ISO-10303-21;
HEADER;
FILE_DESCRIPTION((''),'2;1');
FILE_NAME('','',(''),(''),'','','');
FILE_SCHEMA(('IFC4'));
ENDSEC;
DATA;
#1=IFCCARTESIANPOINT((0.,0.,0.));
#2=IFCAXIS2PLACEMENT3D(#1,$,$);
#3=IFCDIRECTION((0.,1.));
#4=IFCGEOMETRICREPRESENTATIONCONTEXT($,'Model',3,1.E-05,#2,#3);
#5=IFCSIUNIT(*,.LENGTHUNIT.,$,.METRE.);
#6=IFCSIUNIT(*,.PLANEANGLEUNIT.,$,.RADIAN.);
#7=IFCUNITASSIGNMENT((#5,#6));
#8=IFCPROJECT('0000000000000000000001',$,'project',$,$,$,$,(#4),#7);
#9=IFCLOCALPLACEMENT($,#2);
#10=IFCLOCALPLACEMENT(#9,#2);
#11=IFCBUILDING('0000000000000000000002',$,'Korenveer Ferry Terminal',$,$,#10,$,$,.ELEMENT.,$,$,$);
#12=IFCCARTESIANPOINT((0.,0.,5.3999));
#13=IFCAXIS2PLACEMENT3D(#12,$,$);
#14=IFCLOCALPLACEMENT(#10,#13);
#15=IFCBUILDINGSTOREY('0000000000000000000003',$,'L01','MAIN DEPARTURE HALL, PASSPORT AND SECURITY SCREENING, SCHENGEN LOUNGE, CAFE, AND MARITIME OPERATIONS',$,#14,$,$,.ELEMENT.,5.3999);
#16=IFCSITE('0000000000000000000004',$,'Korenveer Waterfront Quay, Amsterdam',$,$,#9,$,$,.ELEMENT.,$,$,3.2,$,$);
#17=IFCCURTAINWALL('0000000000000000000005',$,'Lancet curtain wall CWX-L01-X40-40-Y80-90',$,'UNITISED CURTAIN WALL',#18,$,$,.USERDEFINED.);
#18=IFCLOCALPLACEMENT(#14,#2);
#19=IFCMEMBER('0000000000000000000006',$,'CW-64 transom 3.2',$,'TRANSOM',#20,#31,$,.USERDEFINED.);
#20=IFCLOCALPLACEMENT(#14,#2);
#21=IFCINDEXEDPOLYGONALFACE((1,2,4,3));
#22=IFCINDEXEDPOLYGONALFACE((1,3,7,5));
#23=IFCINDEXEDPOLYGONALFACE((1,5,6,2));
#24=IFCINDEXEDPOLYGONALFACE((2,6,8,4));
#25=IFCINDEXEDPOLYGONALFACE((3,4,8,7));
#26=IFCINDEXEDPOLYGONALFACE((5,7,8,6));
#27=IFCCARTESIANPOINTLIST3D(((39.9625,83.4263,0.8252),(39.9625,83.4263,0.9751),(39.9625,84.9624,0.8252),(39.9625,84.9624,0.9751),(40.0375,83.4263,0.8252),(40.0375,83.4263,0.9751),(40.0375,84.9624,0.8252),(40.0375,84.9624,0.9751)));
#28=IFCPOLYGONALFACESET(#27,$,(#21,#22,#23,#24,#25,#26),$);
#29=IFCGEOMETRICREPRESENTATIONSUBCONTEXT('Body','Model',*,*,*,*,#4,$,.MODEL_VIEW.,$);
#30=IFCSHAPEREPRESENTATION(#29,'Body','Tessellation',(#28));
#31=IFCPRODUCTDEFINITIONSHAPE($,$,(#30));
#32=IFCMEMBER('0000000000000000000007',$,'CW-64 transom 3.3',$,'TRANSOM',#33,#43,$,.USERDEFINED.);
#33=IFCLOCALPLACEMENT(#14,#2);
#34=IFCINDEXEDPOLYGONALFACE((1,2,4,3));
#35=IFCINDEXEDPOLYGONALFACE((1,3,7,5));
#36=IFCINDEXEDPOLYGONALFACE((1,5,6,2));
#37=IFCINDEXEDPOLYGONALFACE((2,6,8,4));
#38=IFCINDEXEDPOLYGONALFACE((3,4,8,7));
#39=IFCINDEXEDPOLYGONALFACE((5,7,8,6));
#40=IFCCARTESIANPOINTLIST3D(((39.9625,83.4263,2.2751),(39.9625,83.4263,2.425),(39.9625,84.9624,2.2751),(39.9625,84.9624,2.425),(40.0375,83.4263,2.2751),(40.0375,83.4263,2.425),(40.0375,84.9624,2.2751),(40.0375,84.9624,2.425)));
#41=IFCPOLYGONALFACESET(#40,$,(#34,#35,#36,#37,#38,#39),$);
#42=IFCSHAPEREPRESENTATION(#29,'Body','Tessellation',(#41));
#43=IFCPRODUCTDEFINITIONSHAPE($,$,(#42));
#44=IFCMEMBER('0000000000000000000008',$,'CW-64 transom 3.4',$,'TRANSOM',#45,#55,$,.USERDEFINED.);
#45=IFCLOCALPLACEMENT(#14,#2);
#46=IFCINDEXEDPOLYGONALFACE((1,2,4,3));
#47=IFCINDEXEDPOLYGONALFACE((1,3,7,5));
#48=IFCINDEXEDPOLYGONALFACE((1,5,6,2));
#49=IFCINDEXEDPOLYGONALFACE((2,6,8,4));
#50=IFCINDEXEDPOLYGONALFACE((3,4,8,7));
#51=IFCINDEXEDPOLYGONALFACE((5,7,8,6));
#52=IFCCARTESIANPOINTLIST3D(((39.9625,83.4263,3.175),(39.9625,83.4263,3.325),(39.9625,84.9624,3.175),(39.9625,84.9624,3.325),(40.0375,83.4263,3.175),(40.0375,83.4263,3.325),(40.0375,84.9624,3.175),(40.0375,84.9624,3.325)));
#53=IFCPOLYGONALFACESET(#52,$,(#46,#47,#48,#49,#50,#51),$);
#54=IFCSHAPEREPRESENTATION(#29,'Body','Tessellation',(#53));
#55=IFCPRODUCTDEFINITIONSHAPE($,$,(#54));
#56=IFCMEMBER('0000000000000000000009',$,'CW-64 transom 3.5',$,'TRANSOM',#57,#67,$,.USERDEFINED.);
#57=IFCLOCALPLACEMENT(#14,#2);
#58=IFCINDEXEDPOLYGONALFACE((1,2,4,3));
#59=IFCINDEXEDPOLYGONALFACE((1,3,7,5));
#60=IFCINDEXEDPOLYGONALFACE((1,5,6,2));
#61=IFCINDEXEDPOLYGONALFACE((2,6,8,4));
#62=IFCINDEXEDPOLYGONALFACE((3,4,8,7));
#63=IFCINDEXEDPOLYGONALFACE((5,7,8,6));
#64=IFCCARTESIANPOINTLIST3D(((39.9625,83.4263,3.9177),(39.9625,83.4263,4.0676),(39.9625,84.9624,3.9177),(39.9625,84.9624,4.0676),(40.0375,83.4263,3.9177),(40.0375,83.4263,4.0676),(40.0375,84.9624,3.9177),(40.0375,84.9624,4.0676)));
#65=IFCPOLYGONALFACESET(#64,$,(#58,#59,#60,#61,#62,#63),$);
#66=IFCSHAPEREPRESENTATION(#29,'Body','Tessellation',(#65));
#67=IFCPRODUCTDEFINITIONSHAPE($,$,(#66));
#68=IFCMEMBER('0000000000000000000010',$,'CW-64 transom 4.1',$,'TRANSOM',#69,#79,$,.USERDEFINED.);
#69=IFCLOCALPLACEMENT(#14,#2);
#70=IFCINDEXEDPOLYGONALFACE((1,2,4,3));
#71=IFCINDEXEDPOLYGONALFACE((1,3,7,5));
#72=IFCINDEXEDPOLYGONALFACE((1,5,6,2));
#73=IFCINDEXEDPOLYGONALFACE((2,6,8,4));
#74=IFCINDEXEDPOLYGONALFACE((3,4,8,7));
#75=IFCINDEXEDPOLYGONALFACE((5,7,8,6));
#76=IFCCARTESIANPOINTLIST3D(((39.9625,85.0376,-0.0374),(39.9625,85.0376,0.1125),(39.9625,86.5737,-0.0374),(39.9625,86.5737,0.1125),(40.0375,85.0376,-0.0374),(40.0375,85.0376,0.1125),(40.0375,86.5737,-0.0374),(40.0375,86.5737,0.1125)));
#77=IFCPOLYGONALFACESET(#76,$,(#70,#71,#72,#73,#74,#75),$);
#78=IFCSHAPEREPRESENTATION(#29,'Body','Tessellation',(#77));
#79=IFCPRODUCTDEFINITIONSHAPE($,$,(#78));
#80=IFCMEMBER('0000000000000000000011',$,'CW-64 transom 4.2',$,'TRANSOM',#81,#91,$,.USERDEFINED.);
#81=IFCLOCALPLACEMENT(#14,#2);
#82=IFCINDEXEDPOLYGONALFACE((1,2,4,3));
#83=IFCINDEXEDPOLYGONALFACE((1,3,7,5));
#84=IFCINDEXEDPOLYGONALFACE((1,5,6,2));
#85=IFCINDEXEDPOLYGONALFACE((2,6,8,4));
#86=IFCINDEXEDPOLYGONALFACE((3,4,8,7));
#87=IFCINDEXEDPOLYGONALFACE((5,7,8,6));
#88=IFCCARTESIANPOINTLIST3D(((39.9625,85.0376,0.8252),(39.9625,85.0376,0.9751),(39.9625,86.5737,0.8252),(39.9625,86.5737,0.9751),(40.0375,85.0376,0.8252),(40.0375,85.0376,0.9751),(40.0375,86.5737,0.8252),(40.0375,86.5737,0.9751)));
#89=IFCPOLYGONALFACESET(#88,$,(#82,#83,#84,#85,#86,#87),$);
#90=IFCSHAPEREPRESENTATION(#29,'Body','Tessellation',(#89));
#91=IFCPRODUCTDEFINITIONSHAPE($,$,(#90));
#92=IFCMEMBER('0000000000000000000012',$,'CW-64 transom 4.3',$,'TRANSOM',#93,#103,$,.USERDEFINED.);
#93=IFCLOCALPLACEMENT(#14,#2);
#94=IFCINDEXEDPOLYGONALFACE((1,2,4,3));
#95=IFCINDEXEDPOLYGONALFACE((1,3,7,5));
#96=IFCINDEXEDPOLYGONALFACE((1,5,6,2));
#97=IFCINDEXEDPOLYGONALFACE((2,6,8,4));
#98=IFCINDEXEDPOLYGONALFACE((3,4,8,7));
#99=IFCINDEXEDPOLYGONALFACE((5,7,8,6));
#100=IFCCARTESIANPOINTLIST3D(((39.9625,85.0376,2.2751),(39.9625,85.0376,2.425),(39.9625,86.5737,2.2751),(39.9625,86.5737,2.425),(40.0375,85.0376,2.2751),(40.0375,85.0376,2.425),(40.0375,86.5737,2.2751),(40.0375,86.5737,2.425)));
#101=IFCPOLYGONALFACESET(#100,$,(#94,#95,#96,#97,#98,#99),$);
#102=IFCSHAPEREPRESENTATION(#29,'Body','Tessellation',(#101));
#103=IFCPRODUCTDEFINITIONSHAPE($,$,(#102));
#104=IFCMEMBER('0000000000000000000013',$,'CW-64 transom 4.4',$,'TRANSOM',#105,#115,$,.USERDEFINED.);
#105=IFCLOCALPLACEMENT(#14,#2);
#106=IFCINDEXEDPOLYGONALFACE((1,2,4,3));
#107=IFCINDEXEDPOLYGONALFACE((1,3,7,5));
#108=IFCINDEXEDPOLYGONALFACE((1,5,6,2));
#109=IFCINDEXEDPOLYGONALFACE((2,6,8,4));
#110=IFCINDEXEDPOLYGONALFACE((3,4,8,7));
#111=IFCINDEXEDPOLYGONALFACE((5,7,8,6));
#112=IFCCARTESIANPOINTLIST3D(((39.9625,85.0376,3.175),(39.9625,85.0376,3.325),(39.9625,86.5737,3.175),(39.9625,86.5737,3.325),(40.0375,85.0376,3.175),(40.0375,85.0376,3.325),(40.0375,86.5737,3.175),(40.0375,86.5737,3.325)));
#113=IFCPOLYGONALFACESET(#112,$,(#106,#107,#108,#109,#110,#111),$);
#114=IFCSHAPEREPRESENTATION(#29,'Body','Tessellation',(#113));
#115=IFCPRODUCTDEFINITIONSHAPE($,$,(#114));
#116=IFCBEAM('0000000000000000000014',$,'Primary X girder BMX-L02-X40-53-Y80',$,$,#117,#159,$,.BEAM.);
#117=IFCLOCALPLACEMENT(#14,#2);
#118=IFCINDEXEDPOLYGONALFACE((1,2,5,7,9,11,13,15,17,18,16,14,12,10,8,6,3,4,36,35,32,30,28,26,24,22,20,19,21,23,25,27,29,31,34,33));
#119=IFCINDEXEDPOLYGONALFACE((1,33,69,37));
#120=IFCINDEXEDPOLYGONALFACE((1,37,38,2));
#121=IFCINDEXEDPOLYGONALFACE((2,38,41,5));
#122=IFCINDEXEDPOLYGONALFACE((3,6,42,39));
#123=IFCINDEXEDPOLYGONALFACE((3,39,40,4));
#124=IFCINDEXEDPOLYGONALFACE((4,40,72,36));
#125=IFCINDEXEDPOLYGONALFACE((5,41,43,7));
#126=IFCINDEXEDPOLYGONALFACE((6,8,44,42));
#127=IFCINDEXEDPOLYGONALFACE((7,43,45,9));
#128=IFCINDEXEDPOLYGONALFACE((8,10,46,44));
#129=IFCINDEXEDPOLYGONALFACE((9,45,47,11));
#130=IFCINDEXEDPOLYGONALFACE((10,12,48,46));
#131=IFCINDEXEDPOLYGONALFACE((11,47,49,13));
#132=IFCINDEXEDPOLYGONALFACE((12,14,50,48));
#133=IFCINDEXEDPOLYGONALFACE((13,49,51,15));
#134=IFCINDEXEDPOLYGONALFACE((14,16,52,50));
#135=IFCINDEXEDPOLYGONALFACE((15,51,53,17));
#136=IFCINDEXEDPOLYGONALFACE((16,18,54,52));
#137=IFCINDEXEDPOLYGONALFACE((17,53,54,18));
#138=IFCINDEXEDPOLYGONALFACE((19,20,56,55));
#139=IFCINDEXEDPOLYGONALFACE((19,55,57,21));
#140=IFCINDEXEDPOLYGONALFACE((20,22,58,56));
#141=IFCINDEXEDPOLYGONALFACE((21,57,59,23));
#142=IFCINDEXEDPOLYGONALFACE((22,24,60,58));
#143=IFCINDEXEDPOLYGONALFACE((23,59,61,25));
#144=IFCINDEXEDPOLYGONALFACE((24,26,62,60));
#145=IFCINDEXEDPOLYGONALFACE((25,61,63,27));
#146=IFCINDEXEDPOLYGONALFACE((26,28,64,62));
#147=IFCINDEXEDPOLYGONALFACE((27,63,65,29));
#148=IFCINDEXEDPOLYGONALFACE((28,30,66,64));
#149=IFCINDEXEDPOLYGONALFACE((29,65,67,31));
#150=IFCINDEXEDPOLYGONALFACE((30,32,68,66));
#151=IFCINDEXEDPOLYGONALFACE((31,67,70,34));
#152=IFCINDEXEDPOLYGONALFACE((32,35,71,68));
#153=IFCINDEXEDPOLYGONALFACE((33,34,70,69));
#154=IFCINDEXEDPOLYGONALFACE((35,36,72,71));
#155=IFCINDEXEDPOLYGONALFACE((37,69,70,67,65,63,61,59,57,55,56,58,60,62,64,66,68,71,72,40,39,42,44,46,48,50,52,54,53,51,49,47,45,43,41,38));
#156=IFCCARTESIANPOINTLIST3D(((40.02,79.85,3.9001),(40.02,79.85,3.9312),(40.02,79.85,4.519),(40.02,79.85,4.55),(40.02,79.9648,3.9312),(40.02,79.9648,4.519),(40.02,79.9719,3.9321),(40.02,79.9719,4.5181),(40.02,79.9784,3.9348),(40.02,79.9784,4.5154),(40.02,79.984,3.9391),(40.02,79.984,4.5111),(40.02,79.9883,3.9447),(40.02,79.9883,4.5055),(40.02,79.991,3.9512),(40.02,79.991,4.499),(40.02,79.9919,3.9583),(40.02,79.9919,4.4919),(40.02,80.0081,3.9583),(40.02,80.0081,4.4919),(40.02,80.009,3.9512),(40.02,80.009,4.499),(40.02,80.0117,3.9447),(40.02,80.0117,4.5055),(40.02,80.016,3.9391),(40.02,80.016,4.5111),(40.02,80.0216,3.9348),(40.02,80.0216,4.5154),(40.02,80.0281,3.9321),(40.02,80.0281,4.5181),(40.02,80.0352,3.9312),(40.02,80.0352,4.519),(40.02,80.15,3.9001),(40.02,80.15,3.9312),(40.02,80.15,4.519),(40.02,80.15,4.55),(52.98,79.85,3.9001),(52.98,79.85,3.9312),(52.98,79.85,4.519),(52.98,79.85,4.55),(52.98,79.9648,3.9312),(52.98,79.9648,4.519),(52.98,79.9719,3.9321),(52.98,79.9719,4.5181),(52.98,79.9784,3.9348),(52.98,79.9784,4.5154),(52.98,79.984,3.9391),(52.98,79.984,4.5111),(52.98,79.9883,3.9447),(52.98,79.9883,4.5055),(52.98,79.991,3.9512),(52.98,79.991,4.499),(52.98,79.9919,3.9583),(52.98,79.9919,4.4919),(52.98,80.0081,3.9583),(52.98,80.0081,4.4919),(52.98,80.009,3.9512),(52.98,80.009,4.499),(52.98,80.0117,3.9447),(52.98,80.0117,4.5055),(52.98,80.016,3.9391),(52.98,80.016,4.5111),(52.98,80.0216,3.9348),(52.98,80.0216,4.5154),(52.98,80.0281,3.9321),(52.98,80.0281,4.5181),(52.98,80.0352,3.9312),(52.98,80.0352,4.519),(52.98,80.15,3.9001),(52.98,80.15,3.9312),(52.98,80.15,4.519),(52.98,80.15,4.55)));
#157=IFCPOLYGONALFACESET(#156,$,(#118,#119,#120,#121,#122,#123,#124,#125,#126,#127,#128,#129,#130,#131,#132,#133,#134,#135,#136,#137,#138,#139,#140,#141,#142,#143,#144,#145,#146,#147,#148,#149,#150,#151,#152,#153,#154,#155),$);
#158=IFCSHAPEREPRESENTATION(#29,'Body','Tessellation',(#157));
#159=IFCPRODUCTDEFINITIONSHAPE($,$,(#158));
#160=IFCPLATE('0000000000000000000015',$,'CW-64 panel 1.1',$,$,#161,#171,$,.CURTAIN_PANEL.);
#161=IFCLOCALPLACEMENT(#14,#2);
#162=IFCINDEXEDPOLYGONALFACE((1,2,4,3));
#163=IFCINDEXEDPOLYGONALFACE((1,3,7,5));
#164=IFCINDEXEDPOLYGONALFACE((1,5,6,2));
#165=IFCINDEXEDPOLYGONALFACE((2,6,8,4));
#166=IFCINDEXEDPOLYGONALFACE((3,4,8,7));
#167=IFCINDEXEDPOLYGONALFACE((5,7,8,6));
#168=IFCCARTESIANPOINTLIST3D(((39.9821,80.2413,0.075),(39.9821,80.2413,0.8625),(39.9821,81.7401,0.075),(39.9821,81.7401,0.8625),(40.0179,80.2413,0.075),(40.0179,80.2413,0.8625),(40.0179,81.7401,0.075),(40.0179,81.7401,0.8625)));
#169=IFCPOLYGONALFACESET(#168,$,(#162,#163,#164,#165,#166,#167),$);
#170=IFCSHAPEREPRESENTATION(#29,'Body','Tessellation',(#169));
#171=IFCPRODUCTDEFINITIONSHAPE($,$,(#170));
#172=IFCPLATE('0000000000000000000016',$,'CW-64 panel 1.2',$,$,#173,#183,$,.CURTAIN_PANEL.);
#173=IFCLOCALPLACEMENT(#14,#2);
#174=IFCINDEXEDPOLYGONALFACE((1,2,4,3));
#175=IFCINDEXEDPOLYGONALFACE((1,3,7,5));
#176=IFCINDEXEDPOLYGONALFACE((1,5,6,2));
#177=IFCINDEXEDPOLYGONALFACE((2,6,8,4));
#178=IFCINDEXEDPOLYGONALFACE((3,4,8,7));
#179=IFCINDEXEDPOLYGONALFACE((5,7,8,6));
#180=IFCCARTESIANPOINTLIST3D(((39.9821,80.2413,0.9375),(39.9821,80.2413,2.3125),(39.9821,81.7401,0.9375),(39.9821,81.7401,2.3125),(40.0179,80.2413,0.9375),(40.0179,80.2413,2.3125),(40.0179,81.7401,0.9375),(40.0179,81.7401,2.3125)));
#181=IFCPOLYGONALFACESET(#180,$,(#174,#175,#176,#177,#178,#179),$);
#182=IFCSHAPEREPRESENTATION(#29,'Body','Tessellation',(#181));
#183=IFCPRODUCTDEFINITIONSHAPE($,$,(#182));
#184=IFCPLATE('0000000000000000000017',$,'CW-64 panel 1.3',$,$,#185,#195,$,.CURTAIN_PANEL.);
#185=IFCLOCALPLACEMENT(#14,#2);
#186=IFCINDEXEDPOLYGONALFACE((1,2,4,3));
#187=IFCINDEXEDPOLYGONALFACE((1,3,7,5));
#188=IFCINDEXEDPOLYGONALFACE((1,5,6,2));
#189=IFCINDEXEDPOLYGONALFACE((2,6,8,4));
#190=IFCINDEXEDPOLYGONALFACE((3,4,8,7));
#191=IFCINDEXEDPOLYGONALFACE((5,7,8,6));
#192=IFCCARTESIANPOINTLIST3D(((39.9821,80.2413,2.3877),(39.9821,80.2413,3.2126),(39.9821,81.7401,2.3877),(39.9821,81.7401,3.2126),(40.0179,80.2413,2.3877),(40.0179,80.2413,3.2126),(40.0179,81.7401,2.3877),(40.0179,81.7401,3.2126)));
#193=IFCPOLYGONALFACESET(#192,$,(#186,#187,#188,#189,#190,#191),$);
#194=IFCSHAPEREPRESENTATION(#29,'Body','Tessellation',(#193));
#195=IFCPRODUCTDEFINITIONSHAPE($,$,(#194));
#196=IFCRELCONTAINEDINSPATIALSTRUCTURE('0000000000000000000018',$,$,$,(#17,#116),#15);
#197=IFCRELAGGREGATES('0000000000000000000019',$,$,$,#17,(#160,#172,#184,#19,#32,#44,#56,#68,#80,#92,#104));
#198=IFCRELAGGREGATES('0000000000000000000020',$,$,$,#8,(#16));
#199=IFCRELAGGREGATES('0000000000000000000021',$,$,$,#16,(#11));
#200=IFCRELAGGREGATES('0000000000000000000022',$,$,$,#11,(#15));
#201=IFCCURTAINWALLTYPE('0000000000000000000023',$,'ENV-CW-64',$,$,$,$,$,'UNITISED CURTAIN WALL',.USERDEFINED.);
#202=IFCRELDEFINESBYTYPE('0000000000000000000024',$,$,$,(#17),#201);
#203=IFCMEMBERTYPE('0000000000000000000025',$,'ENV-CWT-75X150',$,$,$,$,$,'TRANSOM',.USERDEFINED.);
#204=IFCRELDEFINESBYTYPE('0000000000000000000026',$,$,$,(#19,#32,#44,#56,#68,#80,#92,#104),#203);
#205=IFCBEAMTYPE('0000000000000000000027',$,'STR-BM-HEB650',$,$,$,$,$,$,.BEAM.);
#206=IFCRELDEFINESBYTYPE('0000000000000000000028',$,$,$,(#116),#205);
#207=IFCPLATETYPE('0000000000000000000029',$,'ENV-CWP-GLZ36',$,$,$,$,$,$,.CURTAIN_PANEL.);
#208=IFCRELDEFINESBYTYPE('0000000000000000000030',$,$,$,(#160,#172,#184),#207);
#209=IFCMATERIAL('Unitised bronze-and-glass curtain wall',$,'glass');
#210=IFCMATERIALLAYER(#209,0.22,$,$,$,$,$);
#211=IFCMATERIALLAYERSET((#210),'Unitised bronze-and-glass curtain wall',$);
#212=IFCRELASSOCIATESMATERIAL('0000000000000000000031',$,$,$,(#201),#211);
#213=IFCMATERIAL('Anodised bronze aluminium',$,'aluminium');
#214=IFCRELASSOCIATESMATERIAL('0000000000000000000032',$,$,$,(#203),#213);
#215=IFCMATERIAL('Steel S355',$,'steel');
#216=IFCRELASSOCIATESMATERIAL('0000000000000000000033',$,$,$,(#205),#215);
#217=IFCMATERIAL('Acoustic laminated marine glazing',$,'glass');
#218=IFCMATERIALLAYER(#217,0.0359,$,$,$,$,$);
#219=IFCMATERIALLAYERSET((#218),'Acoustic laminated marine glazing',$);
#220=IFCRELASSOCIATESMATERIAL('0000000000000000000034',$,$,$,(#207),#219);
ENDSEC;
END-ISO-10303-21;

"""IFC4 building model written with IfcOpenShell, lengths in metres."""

from ifc_helpers import new_model, si_unit, direction, frame, origin, origin_2d, place, context, subcontext, project, spatial, rectangle, i_section, extrude, material, layer, layer_set, material_profile, profile_set, type_object, element, aggregate, save


model = new_model("IFC4")

# Units and contexts
model_context = context("Model", 3, precision=1e-05, world=origin(), true_north=direction((0.0, 1.0)))
body_context = subcontext(model_context, "Body", "Model", "MODEL_VIEW")
ifc_project = project(units=[si_unit("LENGTHUNIT", "METRE"), si_unit("PLANEANGLEUNIT", "RADIAN")], contexts=[model_context])

# Site, building, storey
site_placement = place(None, origin())
site = spatial("IfcSite", under=ifc_project, at=site_placement, Name="Korenveer Waterfront Quay, Amsterdam", CompositionType="ELEMENT", RefElevation=3.2)
building_placement = place(site_placement, origin())
building = spatial("IfcBuilding", under=site, at=building_placement, Name="Korenveer Ferry Terminal", CompositionType="ELEMENT")
storey_placement = place(building_placement, frame((0.0, 0.0, 5.3999)))
storey = spatial("IfcBuildingStorey", under=building, at=storey_placement, Name="L01", Description="MAIN DEPARTURE HALL, PASSPORT AND SECURITY SCREENING, SCHENGEN LOUNGE, CAFE, AND MARITIME OPERATIONS", CompositionType="ELEMENT", Elevation=5.3999)

# Curtain wall, members
ifc_material_1 = material(Name="Unitised bronze-and-glass curtain wall", Category="glass")
ifc_layer_1 = layer(ifc_material_1, 0.22)
ifc_layer_set_1 = layer_set([ifc_layer_1], Name="Unitised bronze-and-glass curtain wall")
curtain_wall_type = type_object("IfcCurtainWallType", Name="ENV-CW-64", ElementType="UNITISED CURTAIN WALL", PredefinedType="USERDEFINED", material=ifc_layer_set_1)
curtain_wall_placement = place(storey_placement, frame((40.0, 80.1665, 0.0)))
curtain_wall = element("IfcCurtainWall", 1, at=curtain_wall_placement, inside=storey, type_object=curtain_wall_type, Name="Lancet curtain wall CWX-L01-X40-40-Y80-90", ObjectType="UNITISED CURTAIN WALL", PredefinedType="USERDEFINED")
ifc_material_2 = material(Name="Anodised bronze aluminium", Category="aluminium")
ifc_material_profile_1 = material_profile(ifc_material_2, rectangle(XDim=0.075, YDim=0.1499, at=origin_2d()), Name="ALU 75x150")
ifc_profile_set_1 = profile_set([ifc_material_profile_1], Name="Anodised bronze aluminium")
member_type_1 = type_object("IfcMemberType", Name="ENV-CWT-75X150", ElementType="TRANSOM", PredefinedType="USERDEFINED", material=ifc_profile_set_1)
member_1_placement = place(storey_placement, frame((40.0, 83.4263, 0.9001), z_axis=(0.0, 1.0, 0.0), x_axis=(-1.0, 0.0, 0.0)))
member_1 = element("IfcMember", 2, at=member_1_placement, type_object=member_type_1, Name="CW-64 transom 3.2", ObjectType="TRANSOM", PredefinedType="USERDEFINED", context=body_context, shape_type="SweptSolid", body=[
    extrude(rectangle(XDim=0.075, YDim=0.1499, at=origin_2d()), origin(), (0.0, 0.0, 1.0), 1.5361),
])
member_2_placement = place(storey_placement, frame((40.0, 83.4263, 2.3501), z_axis=(0.0, 1.0, 0.0), x_axis=(-1.0, 0.0, 0.0)))
member_2 = element("IfcMember", 3, at=member_2_placement, type_object=member_type_1, Name="CW-64 transom 3.3", ObjectType="TRANSOM", PredefinedType="USERDEFINED", context=body_context, shape_type="SweptSolid", body=[
    extrude(rectangle(XDim=0.075, YDim=0.1499, at=origin_2d()), origin(), (0.0, 0.0, 1.0), 1.5361),
])
member_3_placement = place(storey_placement, frame((40.0, 83.4263, 3.25), z_axis=(0.0, 1.0, 0.0), x_axis=(-1.0, 0.0, 0.0)))
member_3 = element("IfcMember", 4, at=member_3_placement, type_object=member_type_1, Name="CW-64 transom 3.4", ObjectType="TRANSOM", PredefinedType="USERDEFINED", context=body_context, shape_type="SweptSolid", body=[
    extrude(rectangle(XDim=0.075, YDim=0.1499, at=origin_2d()), origin(), (0.0, 0.0, 1.0), 1.5361),
])
member_4_placement = place(storey_placement, frame((40.0, 83.4263, 3.9927), z_axis=(0.0, 1.0, 0.0), x_axis=(-1.0, 0.0, 0.0)))
member_4 = element("IfcMember", 5, at=member_4_placement, type_object=member_type_1, Name="CW-64 transom 3.5", ObjectType="TRANSOM", PredefinedType="USERDEFINED", context=body_context, shape_type="SweptSolid", body=[
    extrude(rectangle(XDim=0.075, YDim=0.1499, at=origin_2d()), origin(), (0.0, 0.0, 1.0), 1.5361),
])
member_5_placement = place(storey_placement, frame((40.0, 85.0376, 0.0376), z_axis=(0.0, 1.0, 0.0), x_axis=(-1.0, 0.0, 0.0)))
member_5 = element("IfcMember", 6, at=member_5_placement, type_object=member_type_1, Name="CW-64 transom 4.1", ObjectType="TRANSOM", PredefinedType="USERDEFINED", context=body_context, shape_type="SweptSolid", body=[
    extrude(rectangle(XDim=0.075, YDim=0.1499, at=origin_2d()), origin(), (0.0, 0.0, 1.0), 1.5361),
])
member_6_placement = place(storey_placement, frame((40.0, 85.0376, 0.9001), z_axis=(0.0, 1.0, 0.0), x_axis=(-1.0, 0.0, 0.0)))
member_6 = element("IfcMember", 7, at=member_6_placement, type_object=member_type_1, Name="CW-64 transom 4.2", ObjectType="TRANSOM", PredefinedType="USERDEFINED", context=body_context, shape_type="SweptSolid", body=[
    extrude(rectangle(XDim=0.075, YDim=0.1499, at=origin_2d()), origin(), (0.0, 0.0, 1.0), 1.5361),
])
member_7_placement = place(storey_placement, frame((40.0, 85.0376, 2.3501), z_axis=(0.0, 1.0, 0.0), x_axis=(-1.0, 0.0, 0.0)))
member_7 = element("IfcMember", 8, at=member_7_placement, type_object=member_type_1, Name="CW-64 transom 4.3", ObjectType="TRANSOM", PredefinedType="USERDEFINED", context=body_context, shape_type="SweptSolid", body=[
    extrude(rectangle(XDim=0.075, YDim=0.1499, at=origin_2d()), origin(), (0.0, 0.0, 1.0), 1.5361),
])
member_8_placement = place(storey_placement, frame((40.0, 85.0376, 3.25), z_axis=(0.0, 1.0, 0.0), x_axis=(-1.0, 0.0, 0.0)))
member_8 = element("IfcMember", 9, at=member_8_placement, type_object=member_type_1, Name="CW-64 transom 4.4", ObjectType="TRANSOM", PredefinedType="USERDEFINED", context=body_context, shape_type="SweptSolid", body=[
    extrude(rectangle(XDim=0.075, YDim=0.1499, at=origin_2d()), origin(), (0.0, 0.0, 1.0), 1.5361),
])

# Beam
ifc_material_3 = material(Name="Steel S355", Category="steel")
ifc_material_profile_2 = material_profile(ifc_material_3, i_section(OverallWidth=0.3, OverallDepth=0.6499, WebThickness=0.0161, FlangeThickness=0.031, FilletRadius=0.0271, at=origin_2d()), Name="HEB 650")
ifc_profile_set_2 = profile_set([ifc_material_profile_2], Name="Steel S355")
beam_type = type_object("IfcBeamType", Name="STR-BM-HEB650", PredefinedType="BEAM", material=ifc_profile_set_2)
beam_placement = place(storey_placement, frame((40.02, 80.0, 4.2251), z_axis=(1.0, 0.0, 0.0), x_axis=(0.0, 1.0, 0.0)))
element("IfcBeam", 10, at=beam_placement, inside=storey, type_object=beam_type, Name="Primary X girder BMX-L02-X40-53-Y80", PredefinedType="BEAM", context=body_context, shape_type="SweptSolid", body=[
    extrude(i_section(OverallWidth=0.3, OverallDepth=0.6499, WebThickness=0.0161, FlangeThickness=0.031, FilletRadius=0.0271, at=origin_2d()), origin(), (0.0, 0.0, 1.0), 12.96),
])

# Plates
ifc_material_4 = material(Name="Acoustic laminated marine glazing", Category="glass")
ifc_layer_2 = layer(ifc_material_4, 0.0359)
ifc_layer_set_2 = layer_set([ifc_layer_2], Name="Acoustic laminated marine glazing")
plate_type = type_object("IfcPlateType", Name="ENV-CWP-GLZ36", PredefinedType="CURTAIN_PANEL", material=ifc_layer_set_2)
plate_1_placement = place(storey_placement, frame((40.0, 80.9907, 0.075), z_axis=(0.0, 0.0, 1.0), x_axis=(0.0, 1.0, 0.0)))
plate_1 = element("IfcPlate", 11, at=plate_1_placement, type_object=plate_type, Name="CW-64 panel 1.1", PredefinedType="CURTAIN_PANEL", context=body_context, shape_type="SweptSolid", body=[
    extrude(rectangle(XDim=1.4988, YDim=0.0359, at=origin_2d()), origin(), (0.0, 0.0, 1.0), 0.7876),
])
plate_2_placement = place(storey_placement, frame((40.0, 80.9907, 0.9375), z_axis=(0.0, 0.0, 1.0), x_axis=(0.0, 1.0, 0.0)))
plate_2 = element("IfcPlate", 12, at=plate_2_placement, type_object=plate_type, Name="CW-64 panel 1.2", PredefinedType="CURTAIN_PANEL", context=body_context, shape_type="SweptSolid", body=[
    extrude(rectangle(XDim=1.4988, YDim=0.0359, at=origin_2d()), origin(), (0.0, 0.0, 1.0), 1.375),
])
plate_3_placement = place(storey_placement, frame((40.0, 80.9907, 2.3877), z_axis=(0.0, 0.0, 1.0), x_axis=(0.0, 1.0, 0.0)))
plate_3 = element("IfcPlate", 13, at=plate_3_placement, type_object=plate_type, Name="CW-64 panel 1.3", PredefinedType="CURTAIN_PANEL", context=body_context, shape_type="SweptSolid", body=[
    extrude(rectangle(XDim=1.4988, YDim=0.0359, at=origin_2d()), origin(), (0.0, 0.0, 1.0), 0.825),
])
aggregate(curtain_wall, [plate_1, plate_2, plate_3, member_1, member_2, member_3, member_4, member_5, member_6, member_7, member_8])

save(model, "model.ifc")
